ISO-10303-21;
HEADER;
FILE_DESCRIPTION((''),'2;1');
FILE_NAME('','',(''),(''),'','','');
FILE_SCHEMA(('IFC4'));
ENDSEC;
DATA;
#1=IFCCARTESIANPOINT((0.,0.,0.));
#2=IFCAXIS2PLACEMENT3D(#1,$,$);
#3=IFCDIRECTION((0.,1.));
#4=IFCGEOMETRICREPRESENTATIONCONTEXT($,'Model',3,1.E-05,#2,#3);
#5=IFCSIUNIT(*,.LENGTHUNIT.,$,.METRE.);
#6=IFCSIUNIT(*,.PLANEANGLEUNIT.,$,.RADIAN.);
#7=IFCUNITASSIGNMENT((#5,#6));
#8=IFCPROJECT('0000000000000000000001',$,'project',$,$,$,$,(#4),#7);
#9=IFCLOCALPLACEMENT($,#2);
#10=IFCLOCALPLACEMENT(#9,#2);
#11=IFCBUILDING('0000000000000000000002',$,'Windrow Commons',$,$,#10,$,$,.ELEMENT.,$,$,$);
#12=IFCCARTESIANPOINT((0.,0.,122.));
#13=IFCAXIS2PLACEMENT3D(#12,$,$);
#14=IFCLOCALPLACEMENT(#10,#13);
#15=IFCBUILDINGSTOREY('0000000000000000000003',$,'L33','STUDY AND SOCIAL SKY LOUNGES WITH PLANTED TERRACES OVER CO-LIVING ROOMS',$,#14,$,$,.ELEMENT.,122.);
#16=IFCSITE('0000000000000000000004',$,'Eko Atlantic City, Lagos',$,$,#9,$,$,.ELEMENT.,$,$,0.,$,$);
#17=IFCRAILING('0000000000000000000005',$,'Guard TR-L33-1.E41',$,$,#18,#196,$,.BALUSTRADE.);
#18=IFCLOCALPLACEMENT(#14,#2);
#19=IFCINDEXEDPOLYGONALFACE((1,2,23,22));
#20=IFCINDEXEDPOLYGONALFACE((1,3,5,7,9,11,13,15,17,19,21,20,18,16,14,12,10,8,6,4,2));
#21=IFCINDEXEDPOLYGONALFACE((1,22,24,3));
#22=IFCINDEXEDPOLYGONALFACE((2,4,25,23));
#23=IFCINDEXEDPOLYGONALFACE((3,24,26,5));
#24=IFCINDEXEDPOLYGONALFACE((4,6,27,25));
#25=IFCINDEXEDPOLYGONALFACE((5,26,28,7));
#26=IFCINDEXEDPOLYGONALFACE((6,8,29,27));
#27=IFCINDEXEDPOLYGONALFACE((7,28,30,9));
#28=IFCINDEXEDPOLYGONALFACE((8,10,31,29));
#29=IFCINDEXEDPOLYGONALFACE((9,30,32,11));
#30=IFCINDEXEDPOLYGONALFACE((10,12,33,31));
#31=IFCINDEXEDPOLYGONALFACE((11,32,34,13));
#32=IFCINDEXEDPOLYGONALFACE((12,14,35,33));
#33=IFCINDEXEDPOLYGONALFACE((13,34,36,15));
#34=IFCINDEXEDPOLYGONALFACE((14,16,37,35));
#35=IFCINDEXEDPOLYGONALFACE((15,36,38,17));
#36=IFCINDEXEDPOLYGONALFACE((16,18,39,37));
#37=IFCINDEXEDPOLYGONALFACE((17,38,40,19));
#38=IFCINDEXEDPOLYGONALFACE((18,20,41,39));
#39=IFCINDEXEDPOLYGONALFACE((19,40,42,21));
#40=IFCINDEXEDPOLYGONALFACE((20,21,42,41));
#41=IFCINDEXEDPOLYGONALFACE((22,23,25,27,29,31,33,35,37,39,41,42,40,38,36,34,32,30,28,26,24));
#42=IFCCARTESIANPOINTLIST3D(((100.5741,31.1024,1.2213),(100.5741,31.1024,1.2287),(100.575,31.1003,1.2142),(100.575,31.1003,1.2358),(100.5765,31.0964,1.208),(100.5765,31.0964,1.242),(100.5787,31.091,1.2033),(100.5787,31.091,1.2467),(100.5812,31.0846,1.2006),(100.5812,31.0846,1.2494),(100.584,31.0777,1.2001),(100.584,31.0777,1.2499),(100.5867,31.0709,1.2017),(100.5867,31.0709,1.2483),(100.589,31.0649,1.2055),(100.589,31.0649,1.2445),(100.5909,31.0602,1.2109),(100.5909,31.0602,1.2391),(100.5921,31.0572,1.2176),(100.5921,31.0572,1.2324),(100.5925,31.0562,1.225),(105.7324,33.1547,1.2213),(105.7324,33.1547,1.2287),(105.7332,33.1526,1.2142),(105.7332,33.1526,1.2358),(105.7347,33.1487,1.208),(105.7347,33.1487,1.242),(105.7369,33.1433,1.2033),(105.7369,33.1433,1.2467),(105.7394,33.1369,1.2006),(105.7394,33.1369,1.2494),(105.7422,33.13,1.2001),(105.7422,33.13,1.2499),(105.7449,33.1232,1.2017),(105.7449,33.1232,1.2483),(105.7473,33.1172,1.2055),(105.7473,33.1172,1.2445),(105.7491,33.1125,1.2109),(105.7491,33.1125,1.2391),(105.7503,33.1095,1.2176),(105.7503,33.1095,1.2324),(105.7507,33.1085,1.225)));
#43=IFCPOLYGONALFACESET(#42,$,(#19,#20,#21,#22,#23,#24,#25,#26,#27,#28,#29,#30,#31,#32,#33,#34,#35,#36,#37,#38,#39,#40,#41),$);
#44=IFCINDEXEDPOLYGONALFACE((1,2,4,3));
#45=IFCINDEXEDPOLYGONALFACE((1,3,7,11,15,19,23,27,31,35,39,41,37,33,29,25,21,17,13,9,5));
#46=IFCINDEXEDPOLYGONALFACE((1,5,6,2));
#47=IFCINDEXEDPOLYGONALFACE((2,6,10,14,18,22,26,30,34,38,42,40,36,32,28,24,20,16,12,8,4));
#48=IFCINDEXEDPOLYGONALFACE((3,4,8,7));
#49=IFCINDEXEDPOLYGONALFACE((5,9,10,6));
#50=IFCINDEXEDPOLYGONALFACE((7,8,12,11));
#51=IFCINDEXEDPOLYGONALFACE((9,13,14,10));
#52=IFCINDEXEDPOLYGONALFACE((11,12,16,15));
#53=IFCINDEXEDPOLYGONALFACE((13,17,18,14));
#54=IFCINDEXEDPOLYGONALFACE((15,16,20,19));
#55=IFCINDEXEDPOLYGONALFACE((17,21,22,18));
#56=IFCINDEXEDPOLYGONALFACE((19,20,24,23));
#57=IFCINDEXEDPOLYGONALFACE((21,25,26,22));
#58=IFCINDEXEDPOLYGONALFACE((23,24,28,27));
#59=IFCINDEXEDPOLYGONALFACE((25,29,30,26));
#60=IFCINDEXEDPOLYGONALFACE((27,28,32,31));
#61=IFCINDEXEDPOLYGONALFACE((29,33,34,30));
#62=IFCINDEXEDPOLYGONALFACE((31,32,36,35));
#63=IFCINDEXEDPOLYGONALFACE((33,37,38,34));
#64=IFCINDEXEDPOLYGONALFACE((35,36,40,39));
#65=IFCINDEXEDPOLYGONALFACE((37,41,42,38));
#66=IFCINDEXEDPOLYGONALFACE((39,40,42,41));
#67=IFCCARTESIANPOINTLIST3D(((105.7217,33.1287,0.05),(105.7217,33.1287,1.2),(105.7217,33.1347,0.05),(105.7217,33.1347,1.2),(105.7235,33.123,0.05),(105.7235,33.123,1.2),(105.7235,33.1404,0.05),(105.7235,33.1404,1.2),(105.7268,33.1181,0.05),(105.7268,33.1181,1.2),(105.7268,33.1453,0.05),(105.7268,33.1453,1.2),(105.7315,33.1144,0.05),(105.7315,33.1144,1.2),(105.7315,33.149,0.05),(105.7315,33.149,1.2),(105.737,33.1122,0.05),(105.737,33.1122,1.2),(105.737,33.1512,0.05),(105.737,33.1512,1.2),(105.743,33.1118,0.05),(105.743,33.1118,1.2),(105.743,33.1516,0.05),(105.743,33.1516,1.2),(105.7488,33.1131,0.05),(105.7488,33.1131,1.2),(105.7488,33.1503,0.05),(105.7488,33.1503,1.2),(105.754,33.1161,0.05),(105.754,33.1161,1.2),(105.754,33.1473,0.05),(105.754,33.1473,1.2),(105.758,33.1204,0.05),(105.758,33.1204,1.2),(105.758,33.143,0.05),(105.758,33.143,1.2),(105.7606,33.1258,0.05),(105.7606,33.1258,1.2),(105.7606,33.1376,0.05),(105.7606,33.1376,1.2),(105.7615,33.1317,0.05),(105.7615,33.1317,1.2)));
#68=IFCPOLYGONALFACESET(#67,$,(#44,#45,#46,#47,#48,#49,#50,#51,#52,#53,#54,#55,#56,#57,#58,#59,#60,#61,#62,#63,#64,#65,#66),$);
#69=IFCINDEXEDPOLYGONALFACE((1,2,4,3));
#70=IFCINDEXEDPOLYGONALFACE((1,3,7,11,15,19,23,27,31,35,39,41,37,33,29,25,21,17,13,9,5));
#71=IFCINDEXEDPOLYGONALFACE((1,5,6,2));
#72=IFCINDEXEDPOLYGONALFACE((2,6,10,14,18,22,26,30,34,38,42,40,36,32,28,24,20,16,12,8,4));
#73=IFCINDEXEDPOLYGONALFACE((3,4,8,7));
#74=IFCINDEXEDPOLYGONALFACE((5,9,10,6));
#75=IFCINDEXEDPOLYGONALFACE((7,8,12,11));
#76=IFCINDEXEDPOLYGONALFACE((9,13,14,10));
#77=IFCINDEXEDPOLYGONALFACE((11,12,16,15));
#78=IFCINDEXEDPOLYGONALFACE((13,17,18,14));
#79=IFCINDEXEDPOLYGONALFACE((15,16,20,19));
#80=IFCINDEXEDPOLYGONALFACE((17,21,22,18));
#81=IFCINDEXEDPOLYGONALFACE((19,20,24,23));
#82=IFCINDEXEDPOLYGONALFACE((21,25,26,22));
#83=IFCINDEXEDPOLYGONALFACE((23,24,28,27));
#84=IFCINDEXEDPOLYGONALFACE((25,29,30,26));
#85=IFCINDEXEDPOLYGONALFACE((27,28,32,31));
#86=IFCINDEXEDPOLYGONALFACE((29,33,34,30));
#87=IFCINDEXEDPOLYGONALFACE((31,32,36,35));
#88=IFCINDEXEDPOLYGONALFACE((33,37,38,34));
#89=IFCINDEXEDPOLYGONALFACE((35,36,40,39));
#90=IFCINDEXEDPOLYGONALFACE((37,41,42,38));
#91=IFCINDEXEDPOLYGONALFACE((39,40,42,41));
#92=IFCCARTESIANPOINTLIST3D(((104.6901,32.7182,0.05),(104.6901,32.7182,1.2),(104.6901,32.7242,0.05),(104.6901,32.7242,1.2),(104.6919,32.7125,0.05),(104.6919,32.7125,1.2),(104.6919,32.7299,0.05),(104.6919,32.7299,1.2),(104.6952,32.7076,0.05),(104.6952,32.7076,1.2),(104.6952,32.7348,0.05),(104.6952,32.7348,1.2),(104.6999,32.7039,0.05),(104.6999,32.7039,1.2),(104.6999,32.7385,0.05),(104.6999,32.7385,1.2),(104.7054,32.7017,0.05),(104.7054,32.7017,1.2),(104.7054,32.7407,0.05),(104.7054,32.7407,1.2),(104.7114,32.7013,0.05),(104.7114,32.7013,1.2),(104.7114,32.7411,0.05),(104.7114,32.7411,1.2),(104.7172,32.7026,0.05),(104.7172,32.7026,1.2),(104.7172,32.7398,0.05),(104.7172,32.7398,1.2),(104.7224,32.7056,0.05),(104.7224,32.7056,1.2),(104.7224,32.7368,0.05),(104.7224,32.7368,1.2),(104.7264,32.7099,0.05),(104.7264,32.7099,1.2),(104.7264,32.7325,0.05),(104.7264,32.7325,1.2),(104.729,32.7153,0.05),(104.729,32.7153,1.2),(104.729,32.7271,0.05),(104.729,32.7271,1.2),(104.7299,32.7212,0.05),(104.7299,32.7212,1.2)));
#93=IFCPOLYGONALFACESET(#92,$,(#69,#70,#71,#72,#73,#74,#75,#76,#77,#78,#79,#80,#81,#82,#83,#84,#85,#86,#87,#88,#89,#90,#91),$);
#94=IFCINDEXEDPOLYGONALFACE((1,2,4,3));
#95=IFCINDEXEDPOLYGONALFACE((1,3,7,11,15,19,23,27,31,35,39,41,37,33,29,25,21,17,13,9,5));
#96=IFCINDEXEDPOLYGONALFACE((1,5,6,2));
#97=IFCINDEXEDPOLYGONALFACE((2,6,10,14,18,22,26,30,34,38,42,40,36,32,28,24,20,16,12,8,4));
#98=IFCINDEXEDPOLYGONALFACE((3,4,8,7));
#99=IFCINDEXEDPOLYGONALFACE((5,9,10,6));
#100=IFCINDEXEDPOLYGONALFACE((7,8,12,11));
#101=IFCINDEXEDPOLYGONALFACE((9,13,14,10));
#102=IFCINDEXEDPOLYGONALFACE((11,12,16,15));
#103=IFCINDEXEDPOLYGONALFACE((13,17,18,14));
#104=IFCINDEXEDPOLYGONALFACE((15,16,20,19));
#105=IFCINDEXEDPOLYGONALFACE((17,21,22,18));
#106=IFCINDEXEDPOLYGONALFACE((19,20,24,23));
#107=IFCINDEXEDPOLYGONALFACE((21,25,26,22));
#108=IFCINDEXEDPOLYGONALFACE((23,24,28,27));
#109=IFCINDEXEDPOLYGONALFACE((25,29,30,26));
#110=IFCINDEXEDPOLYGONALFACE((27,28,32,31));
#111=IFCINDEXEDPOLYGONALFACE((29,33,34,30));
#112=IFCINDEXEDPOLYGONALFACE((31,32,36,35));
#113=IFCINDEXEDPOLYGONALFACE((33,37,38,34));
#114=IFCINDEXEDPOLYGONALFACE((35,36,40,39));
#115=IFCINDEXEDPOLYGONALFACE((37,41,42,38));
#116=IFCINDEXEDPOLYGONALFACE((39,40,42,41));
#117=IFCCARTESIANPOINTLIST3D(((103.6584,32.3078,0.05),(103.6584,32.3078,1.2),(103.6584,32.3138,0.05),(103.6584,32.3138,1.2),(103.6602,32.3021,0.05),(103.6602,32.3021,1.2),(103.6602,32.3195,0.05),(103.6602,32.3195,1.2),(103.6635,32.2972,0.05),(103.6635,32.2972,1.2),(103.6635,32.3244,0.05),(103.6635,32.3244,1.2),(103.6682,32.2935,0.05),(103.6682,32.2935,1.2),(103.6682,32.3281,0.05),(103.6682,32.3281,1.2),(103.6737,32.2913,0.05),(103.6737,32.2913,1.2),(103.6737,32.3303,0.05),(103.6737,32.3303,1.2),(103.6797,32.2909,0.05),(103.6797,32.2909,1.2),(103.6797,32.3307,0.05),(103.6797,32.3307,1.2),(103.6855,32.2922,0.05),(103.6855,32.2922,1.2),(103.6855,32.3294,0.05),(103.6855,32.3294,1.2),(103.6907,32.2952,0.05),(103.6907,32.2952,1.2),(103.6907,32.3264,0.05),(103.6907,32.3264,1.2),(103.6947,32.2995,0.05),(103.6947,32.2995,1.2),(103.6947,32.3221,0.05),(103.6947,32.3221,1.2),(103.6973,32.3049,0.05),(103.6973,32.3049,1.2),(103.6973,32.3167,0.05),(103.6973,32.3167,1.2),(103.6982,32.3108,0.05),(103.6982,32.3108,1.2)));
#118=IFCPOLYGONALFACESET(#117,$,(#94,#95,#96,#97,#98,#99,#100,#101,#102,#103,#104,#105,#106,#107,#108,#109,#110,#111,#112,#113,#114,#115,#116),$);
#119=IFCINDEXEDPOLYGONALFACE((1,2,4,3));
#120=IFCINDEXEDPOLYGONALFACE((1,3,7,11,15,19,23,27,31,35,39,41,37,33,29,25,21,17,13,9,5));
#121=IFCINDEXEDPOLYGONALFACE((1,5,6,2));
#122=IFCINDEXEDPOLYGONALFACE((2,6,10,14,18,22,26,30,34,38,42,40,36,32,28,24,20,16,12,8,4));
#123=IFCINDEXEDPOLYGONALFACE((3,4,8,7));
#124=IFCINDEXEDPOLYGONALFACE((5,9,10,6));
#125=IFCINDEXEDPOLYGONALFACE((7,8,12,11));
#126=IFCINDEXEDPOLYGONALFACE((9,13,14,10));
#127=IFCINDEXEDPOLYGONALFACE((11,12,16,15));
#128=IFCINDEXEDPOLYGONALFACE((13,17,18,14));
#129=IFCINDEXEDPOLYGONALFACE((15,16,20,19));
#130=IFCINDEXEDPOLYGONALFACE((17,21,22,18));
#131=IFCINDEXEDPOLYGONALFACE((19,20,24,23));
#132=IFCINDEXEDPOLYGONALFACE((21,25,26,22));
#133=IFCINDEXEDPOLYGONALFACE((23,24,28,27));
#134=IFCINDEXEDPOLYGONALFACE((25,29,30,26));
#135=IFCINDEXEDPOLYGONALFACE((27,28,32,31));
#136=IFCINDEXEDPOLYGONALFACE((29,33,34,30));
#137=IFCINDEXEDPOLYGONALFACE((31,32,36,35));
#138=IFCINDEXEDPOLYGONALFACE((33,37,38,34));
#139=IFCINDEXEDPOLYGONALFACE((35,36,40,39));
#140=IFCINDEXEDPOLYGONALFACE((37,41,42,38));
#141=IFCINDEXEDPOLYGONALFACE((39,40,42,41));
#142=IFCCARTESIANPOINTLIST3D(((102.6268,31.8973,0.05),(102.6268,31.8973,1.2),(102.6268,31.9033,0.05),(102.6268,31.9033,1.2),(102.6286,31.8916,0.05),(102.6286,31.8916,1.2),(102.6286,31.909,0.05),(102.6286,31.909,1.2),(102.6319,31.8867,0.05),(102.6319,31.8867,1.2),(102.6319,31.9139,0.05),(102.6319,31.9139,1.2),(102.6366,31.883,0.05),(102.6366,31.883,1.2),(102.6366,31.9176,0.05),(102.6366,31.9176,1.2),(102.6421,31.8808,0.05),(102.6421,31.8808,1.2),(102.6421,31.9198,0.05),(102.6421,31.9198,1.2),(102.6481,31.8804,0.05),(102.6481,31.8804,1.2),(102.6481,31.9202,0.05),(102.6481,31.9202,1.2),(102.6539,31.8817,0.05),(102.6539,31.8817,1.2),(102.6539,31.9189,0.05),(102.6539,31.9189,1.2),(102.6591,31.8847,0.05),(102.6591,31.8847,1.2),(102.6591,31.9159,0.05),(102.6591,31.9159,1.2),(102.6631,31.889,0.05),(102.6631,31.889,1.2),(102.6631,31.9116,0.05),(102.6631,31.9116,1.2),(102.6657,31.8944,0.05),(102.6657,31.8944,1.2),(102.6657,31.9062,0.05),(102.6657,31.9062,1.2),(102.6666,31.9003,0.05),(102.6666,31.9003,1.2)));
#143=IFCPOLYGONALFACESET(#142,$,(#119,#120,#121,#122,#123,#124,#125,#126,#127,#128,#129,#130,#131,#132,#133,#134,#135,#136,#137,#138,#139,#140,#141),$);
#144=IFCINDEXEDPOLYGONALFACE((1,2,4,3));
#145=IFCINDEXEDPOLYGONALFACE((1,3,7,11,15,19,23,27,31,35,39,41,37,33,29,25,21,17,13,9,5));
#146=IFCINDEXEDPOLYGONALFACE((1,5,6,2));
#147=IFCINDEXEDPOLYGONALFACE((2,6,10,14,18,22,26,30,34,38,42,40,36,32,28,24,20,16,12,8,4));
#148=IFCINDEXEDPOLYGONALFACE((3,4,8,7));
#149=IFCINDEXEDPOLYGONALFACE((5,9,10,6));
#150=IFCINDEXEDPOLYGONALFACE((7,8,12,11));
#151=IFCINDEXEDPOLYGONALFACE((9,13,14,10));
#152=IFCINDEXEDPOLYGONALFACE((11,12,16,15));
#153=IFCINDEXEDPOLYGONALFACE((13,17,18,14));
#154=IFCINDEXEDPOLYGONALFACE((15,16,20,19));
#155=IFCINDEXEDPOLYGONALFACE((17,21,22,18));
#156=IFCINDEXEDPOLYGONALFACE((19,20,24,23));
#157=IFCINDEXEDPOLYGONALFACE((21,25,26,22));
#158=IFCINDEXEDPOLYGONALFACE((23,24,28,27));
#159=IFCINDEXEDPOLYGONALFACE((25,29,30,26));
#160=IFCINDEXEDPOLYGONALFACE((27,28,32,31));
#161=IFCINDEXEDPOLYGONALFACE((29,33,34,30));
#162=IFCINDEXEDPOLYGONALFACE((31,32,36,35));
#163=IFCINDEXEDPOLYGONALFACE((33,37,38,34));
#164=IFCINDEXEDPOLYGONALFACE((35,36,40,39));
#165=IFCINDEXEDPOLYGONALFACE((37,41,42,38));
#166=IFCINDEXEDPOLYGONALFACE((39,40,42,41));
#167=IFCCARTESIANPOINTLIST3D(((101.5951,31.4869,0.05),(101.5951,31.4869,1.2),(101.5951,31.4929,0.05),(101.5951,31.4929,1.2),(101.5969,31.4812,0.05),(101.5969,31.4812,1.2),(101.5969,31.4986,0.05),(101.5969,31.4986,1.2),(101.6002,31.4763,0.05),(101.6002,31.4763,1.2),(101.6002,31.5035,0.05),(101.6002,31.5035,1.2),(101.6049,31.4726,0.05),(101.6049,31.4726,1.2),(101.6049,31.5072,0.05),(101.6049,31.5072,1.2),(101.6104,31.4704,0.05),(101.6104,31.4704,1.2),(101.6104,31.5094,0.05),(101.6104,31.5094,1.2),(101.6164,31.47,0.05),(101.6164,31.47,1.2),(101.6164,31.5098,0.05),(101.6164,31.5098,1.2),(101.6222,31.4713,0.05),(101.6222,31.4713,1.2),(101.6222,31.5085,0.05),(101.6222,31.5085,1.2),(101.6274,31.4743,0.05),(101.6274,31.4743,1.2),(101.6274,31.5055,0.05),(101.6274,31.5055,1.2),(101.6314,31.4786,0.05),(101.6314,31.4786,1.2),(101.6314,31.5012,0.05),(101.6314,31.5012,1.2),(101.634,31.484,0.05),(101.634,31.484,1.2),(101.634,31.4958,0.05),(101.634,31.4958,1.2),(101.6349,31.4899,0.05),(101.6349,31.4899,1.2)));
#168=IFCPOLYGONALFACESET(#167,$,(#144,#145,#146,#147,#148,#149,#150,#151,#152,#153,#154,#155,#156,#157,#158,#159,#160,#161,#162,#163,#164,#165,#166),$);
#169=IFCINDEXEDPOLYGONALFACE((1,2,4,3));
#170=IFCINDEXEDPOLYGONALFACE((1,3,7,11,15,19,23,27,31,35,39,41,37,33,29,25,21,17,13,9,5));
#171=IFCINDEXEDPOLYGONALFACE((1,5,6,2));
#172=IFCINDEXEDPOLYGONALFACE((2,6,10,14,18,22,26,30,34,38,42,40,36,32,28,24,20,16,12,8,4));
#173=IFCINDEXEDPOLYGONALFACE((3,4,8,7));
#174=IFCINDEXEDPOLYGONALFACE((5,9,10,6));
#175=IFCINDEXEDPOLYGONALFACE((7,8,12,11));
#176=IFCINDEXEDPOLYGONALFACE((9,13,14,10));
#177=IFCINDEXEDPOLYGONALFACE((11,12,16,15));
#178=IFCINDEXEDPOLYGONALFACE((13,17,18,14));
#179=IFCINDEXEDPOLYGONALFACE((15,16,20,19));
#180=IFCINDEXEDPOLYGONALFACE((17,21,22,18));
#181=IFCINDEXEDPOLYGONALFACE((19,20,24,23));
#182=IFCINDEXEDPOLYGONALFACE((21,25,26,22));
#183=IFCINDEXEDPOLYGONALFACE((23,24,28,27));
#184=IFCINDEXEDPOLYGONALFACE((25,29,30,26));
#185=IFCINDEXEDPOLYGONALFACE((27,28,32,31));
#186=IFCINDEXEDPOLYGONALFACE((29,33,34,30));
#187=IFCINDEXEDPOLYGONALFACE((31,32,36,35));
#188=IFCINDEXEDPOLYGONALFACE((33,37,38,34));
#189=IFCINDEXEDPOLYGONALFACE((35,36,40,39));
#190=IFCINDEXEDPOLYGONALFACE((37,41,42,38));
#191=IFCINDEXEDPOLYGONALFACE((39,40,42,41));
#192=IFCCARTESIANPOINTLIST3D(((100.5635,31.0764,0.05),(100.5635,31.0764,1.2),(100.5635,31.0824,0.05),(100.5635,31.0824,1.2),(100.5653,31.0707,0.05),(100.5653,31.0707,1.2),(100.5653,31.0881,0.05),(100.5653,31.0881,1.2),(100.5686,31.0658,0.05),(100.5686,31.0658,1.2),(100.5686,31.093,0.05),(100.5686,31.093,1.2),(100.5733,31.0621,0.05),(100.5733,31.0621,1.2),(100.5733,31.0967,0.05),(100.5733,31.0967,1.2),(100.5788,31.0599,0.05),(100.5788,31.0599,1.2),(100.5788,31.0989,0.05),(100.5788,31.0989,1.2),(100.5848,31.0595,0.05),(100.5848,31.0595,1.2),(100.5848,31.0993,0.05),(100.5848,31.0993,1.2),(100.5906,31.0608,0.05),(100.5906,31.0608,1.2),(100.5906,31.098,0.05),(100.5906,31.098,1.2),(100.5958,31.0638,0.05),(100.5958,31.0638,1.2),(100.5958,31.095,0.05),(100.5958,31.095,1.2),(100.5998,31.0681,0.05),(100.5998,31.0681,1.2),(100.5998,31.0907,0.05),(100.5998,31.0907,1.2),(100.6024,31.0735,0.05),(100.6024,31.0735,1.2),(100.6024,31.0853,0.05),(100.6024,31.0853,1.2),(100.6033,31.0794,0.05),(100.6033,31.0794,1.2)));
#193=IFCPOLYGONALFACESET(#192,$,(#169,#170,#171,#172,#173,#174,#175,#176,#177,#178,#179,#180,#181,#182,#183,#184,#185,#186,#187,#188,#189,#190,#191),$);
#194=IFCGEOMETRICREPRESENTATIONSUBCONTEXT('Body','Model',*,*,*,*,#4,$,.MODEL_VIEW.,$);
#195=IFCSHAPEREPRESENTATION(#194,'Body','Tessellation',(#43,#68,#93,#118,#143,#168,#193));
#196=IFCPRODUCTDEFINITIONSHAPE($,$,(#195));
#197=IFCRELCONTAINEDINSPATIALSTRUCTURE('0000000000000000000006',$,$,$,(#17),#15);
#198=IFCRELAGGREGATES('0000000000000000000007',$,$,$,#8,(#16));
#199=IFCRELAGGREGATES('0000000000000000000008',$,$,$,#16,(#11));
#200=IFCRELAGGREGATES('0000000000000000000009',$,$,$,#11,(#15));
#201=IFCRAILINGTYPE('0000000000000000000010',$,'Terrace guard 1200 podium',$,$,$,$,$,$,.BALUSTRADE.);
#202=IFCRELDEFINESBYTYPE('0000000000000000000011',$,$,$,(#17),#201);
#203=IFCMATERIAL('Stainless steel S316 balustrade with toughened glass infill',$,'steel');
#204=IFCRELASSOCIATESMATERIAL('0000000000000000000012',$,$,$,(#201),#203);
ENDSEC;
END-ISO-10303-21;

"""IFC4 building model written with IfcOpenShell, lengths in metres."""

from ifc_helpers import new_model, si_unit, direction, frame, origin, origin_2d, place, context, subcontext, project, spatial, circle, extrude, material, type_object, element, save


model = new_model("IFC4")

# Units and contexts
model_context = context("Model", 3, precision=1e-05, world=origin(), true_north=direction((0.0, 1.0)))
body_context = subcontext(model_context, "Body", "Model", "MODEL_VIEW")
ifc_project = project(units=[si_unit("LENGTHUNIT", "METRE"), si_unit("PLANEANGLEUNIT", "RADIAN")], contexts=[model_context])

# Site, building, storey
site_placement = place(None, origin())
site = spatial("IfcSite", under=ifc_project, at=site_placement, Name="Eko Atlantic City, Lagos", CompositionType="ELEMENT", RefElevation=0.0)
building_placement = place(site_placement, origin())
building = spatial("IfcBuilding", under=site, at=building_placement, Name="Windrow Commons", CompositionType="ELEMENT")
storey_placement = place(building_placement, frame((0.0, 0.0, 122.0)))
storey = spatial("IfcBuildingStorey", under=building, at=storey_placement, Name="L33", Description="STUDY AND SOCIAL SKY LOUNGES WITH PLANTED TERRACES OVER CO-LIVING ROOMS", CompositionType="ELEMENT", Elevation=122.0)

# Railing
ifc_material_1 = material(Name="Stainless steel S316 balustrade with toughened glass infill", Category="steel")
railing_type = type_object("IfcRailingType", Name="Terrace guard 1200 podium", PredefinedType="BALUSTRADE", material=ifc_material_1)
railing_1_placement = place(storey_placement, frame((105.7415, 33.1317, 0.05)))
element("IfcRailing", 1, at=railing_1_placement, inside=storey, type_object=railing_type, Name="Guard TR-L33-1.E41", PredefinedType="BALUSTRADE", context=body_context, shape_type="SweptSolid", body=[
    extrude(circle(Radius=0.025, at=origin_2d()), frame((0.0, 0.0, 1.175), z_axis=(-0.929157, -0.369685, 0.0), x_axis=(0.369685, -0.929157, 0.0)), (0.0, 0.0, 1.0), 5.5515),
    extrude(circle(Radius=0.02, at=origin_2d()), origin(), (0.0, 0.0, 1.0), 1.15),
    extrude(circle(Radius=0.02, at=origin_2d()), frame((-1.0316, -0.4105, 0.0)), (0.0, 0.0, 1.0), 1.15),
    extrude(circle(Radius=0.02, at=origin_2d()), frame((-2.0633, -0.8209, 0.0)), (0.0, 0.0, 1.0), 1.15),
    extrude(circle(Radius=0.02, at=origin_2d()), frame((-3.0949, -1.2314, 0.0)), (0.0, 0.0, 1.0), 1.15),
    extrude(circle(Radius=0.02, at=origin_2d()), frame((-4.1266, -1.6418, 0.0)), (0.0, 0.0, 1.0), 1.15),
    extrude(circle(Radius=0.02, at=origin_2d()), frame((-5.1582, -2.0523, 0.0)), (0.0, 0.0, 1.0), 1.15),
])

save(model, "model.ifc")
